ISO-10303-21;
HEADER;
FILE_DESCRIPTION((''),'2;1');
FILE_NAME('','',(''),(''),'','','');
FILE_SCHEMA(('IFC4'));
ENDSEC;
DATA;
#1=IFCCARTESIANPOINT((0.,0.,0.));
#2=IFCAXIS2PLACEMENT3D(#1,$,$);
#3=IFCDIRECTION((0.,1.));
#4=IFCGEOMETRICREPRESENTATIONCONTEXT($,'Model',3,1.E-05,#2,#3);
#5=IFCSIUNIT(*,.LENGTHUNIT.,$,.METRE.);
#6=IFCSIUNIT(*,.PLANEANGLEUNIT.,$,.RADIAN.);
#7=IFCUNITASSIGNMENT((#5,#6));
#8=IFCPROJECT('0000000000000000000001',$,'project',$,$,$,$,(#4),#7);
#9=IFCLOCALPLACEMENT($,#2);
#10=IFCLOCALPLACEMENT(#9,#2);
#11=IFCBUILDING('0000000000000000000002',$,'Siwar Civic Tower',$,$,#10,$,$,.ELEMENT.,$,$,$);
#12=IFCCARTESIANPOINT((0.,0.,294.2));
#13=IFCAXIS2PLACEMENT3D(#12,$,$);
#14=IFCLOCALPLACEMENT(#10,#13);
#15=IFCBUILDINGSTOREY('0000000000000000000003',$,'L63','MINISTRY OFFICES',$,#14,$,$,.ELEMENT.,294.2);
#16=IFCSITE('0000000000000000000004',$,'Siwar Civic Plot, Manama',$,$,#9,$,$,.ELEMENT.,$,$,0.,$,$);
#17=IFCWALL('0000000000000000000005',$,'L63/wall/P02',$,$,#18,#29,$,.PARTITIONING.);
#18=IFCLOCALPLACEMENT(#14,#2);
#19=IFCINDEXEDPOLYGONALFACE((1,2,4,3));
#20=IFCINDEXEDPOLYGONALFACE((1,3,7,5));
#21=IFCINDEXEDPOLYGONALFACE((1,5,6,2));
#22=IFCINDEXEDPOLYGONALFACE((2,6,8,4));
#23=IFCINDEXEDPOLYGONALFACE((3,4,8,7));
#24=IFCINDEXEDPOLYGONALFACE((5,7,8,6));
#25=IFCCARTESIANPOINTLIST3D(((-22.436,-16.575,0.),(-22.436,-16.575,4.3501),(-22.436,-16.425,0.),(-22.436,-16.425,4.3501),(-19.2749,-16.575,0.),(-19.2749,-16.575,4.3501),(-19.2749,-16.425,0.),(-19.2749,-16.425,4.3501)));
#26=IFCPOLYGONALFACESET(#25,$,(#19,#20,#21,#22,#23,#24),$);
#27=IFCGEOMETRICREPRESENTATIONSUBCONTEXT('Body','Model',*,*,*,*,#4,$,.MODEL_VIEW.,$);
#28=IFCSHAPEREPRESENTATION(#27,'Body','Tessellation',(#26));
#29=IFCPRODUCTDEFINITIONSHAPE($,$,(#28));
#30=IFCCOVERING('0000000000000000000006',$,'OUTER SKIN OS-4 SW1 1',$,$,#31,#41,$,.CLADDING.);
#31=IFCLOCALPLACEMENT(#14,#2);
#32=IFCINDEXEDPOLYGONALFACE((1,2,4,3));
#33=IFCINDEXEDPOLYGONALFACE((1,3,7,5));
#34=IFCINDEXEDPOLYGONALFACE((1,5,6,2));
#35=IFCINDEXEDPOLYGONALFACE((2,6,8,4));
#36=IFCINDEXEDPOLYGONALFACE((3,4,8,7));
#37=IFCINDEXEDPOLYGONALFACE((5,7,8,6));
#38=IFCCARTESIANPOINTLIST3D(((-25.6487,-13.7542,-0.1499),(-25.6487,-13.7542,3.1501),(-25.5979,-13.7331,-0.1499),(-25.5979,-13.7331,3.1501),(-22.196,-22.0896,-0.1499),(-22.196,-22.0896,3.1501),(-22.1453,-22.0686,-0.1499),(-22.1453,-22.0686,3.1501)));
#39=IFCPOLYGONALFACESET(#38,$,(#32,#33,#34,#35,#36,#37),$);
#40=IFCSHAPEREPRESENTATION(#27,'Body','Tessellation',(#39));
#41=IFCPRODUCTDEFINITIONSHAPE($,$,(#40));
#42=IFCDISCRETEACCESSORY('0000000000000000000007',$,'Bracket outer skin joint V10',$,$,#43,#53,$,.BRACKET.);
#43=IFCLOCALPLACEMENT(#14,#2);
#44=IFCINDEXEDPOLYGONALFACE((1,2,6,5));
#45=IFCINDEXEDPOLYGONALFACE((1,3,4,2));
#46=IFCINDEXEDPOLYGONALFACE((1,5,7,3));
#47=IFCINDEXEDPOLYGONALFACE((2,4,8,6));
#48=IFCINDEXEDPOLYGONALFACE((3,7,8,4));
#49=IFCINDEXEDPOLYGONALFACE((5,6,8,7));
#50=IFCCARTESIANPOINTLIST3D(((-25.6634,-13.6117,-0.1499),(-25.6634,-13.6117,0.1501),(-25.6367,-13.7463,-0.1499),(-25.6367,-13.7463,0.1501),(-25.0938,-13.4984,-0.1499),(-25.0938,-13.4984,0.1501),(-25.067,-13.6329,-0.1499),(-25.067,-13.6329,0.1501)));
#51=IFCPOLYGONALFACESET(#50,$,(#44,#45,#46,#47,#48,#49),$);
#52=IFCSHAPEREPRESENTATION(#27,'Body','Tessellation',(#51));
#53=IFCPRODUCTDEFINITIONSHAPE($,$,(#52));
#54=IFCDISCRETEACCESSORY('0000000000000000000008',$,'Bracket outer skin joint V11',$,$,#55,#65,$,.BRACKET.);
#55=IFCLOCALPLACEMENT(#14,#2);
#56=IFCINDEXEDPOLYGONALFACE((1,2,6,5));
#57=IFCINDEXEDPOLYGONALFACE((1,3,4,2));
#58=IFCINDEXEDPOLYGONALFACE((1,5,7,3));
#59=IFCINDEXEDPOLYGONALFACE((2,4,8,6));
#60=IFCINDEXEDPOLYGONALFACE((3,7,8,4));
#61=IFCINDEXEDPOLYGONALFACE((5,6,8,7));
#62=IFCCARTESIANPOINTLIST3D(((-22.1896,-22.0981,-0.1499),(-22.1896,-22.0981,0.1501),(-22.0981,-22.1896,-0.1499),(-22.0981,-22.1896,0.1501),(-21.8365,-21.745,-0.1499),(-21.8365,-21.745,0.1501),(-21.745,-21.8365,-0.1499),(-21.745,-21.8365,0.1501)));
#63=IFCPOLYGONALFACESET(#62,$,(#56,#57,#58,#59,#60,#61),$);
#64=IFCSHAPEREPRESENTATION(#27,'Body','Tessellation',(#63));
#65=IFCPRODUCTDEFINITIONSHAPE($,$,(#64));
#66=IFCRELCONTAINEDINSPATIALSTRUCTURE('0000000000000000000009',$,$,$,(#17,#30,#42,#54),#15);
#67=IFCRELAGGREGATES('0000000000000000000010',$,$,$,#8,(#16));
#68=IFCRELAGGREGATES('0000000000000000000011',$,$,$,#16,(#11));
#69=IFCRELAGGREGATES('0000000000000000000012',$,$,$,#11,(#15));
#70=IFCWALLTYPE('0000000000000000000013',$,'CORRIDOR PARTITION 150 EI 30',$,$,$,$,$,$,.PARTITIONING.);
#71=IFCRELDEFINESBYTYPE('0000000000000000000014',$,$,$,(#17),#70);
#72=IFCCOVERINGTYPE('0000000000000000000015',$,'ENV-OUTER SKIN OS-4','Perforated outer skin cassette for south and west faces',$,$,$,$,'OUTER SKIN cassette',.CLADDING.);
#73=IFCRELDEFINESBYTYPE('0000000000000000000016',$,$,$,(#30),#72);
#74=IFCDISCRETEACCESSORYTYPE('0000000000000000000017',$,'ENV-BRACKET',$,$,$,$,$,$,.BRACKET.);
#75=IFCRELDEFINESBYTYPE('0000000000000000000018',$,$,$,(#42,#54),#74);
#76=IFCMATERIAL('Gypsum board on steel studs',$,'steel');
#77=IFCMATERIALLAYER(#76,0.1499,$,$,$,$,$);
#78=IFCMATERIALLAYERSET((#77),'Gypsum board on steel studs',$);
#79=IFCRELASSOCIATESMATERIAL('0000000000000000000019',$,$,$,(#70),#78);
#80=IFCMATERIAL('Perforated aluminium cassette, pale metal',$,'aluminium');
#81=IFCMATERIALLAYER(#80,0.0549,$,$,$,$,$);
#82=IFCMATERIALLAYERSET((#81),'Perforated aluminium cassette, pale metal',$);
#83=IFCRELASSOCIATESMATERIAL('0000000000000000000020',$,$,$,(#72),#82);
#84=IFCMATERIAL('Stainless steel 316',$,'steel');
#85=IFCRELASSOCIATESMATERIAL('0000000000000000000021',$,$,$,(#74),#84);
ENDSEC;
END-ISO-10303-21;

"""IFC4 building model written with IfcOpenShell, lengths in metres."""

from ifc_helpers import new_model, si_unit, direction, frame, frame_2d, origin, origin_2d, place, context, subcontext, project, spatial, rectangle, extrude, material, layer, layer_set, type_object, element, save


model = new_model("IFC4")

# Units and contexts
model_context = context("Model", 3, precision=1e-05, world=origin(), true_north=direction((0.0, 1.0)))
body_context = subcontext(model_context, "Body", "Model", "MODEL_VIEW")
ifc_project = project(units=[si_unit("LENGTHUNIT", "METRE"), si_unit("PLANEANGLEUNIT", "RADIAN")], contexts=[model_context])

# Site, building, storey
site_placement = place(None, origin())
site = spatial("IfcSite", under=ifc_project, at=site_placement, Name="Siwar Civic Plot, Manama", CompositionType="ELEMENT", RefElevation=0.0)
building_placement = place(site_placement, origin())
building = spatial("IfcBuilding", under=site, at=building_placement, Name="Siwar Civic Tower", CompositionType="ELEMENT")
storey_placement = place(building_placement, frame((0.0, 0.0, 294.2)))
storey = spatial("IfcBuildingStorey", under=building, at=storey_placement, Name="L63", Description="MINISTRY OFFICES", CompositionType="ELEMENT", Elevation=294.2)

# Shared definitions
ifc_material_1 = material(Name="Gypsum board on steel studs", Category="steel")
ifc_layer_1 = layer(ifc_material_1, 0.1499)
ifc_layer_set_1 = layer_set([ifc_layer_1], Name="Gypsum board on steel studs")
wall_type = type_object("IfcWallType", Name="CORRIDOR PARTITION 150 EI 30", PredefinedType="PARTITIONING", material=ifc_layer_set_1)

# Wall
wall_1_placement = place(storey_placement, frame((-22.436, -16.5, 0.0), z_axis=(0.0, 0.0, 1.0), x_axis=(1.0, 0.0, 0.0)))
element("IfcWall", 1, at=wall_1_placement, inside=storey, type_object=wall_type, Name="L63/wall/P02", PredefinedType="PARTITIONING", context=body_context, shape_type="SweptSolid", body=[
    extrude(rectangle(XDim=3.1611, YDim=0.1499, at=frame_2d((1.5806, 0.0))), origin(), (0.0, 0.0, 1.0), 4.3501),
])

# Covering
ifc_material_2 = material(Name="Perforated aluminium cassette, pale metal", Category="aluminium")
ifc_layer_2 = layer(ifc_material_2, 0.0549)
ifc_layer_set_2 = layer_set([ifc_layer_2], Name="Perforated aluminium cassette, pale metal")
covering_type = type_object("IfcCoveringType", Name="ENV-OUTER SKIN OS-4", Description="Perforated outer skin cassette for south and west faces", ElementType="OUTER SKIN cassette", PredefinedType="CLADDING", material=ifc_layer_set_2)
covering_placement = place(storey_placement, frame((-23.897, -17.9114, -0.1499), z_axis=(0.0, 0.0, 1.0), x_axis=(0.382683, -0.92388, 0.0)))
element("IfcCovering", 2, at=covering_placement, inside=storey, type_object=covering_type, Name="OUTER SKIN OS-4 SW1 1", PredefinedType="CLADDING", context=body_context, shape_type="SweptSolid", body=[
    extrude(rectangle(XDim=9.0222, YDim=0.0549, at=origin_2d()), origin(), (0.0, 0.0, 1.0), 3.3),
])

# Discrete accessories
ifc_material_3 = material(Name="Stainless steel 316", Category="steel")
discrete_accessory_type = type_object("IfcDiscreteAccessoryType", Name="ENV-BRACKET", PredefinedType="BRACKET", material=ifc_material_3)
discrete_accessory_1_placement = place(storey_placement, frame((-25.3652, -13.6223, -0.1499), z_axis=(0.0, 0.0, 1.0), x_axis=(-0.980785, -0.19509, 0.0)))
element("IfcDiscreteAccessory", 3, at=discrete_accessory_1_placement, inside=storey, type_object=discrete_accessory_type, Name="Bracket outer skin joint V10", PredefinedType="BRACKET", context=body_context, shape_type="SweptSolid", body=[
    extrude(rectangle(XDim=0.5808, YDim=0.1372, at=origin_2d()), origin(), (0.0, 0.0, 1.0), 0.3),
])
discrete_accessory_2_placement = place(storey_placement, frame((-21.9673, -21.9673, -0.1499), z_axis=(0.0, 0.0, 1.0), x_axis=(-0.707107, -0.707107, 0.0)))
element("IfcDiscreteAccessory", 4, at=discrete_accessory_2_placement, inside=storey, type_object=discrete_accessory_type, Name="Bracket outer skin joint V11", PredefinedType="BRACKET", context=body_context, shape_type="SweptSolid", body=[
    extrude(rectangle(XDim=0.4993, YDim=0.1294, at=origin_2d()), origin(), (0.0, 0.0, 1.0), 0.3),
])

save(model, "model.ifc")
